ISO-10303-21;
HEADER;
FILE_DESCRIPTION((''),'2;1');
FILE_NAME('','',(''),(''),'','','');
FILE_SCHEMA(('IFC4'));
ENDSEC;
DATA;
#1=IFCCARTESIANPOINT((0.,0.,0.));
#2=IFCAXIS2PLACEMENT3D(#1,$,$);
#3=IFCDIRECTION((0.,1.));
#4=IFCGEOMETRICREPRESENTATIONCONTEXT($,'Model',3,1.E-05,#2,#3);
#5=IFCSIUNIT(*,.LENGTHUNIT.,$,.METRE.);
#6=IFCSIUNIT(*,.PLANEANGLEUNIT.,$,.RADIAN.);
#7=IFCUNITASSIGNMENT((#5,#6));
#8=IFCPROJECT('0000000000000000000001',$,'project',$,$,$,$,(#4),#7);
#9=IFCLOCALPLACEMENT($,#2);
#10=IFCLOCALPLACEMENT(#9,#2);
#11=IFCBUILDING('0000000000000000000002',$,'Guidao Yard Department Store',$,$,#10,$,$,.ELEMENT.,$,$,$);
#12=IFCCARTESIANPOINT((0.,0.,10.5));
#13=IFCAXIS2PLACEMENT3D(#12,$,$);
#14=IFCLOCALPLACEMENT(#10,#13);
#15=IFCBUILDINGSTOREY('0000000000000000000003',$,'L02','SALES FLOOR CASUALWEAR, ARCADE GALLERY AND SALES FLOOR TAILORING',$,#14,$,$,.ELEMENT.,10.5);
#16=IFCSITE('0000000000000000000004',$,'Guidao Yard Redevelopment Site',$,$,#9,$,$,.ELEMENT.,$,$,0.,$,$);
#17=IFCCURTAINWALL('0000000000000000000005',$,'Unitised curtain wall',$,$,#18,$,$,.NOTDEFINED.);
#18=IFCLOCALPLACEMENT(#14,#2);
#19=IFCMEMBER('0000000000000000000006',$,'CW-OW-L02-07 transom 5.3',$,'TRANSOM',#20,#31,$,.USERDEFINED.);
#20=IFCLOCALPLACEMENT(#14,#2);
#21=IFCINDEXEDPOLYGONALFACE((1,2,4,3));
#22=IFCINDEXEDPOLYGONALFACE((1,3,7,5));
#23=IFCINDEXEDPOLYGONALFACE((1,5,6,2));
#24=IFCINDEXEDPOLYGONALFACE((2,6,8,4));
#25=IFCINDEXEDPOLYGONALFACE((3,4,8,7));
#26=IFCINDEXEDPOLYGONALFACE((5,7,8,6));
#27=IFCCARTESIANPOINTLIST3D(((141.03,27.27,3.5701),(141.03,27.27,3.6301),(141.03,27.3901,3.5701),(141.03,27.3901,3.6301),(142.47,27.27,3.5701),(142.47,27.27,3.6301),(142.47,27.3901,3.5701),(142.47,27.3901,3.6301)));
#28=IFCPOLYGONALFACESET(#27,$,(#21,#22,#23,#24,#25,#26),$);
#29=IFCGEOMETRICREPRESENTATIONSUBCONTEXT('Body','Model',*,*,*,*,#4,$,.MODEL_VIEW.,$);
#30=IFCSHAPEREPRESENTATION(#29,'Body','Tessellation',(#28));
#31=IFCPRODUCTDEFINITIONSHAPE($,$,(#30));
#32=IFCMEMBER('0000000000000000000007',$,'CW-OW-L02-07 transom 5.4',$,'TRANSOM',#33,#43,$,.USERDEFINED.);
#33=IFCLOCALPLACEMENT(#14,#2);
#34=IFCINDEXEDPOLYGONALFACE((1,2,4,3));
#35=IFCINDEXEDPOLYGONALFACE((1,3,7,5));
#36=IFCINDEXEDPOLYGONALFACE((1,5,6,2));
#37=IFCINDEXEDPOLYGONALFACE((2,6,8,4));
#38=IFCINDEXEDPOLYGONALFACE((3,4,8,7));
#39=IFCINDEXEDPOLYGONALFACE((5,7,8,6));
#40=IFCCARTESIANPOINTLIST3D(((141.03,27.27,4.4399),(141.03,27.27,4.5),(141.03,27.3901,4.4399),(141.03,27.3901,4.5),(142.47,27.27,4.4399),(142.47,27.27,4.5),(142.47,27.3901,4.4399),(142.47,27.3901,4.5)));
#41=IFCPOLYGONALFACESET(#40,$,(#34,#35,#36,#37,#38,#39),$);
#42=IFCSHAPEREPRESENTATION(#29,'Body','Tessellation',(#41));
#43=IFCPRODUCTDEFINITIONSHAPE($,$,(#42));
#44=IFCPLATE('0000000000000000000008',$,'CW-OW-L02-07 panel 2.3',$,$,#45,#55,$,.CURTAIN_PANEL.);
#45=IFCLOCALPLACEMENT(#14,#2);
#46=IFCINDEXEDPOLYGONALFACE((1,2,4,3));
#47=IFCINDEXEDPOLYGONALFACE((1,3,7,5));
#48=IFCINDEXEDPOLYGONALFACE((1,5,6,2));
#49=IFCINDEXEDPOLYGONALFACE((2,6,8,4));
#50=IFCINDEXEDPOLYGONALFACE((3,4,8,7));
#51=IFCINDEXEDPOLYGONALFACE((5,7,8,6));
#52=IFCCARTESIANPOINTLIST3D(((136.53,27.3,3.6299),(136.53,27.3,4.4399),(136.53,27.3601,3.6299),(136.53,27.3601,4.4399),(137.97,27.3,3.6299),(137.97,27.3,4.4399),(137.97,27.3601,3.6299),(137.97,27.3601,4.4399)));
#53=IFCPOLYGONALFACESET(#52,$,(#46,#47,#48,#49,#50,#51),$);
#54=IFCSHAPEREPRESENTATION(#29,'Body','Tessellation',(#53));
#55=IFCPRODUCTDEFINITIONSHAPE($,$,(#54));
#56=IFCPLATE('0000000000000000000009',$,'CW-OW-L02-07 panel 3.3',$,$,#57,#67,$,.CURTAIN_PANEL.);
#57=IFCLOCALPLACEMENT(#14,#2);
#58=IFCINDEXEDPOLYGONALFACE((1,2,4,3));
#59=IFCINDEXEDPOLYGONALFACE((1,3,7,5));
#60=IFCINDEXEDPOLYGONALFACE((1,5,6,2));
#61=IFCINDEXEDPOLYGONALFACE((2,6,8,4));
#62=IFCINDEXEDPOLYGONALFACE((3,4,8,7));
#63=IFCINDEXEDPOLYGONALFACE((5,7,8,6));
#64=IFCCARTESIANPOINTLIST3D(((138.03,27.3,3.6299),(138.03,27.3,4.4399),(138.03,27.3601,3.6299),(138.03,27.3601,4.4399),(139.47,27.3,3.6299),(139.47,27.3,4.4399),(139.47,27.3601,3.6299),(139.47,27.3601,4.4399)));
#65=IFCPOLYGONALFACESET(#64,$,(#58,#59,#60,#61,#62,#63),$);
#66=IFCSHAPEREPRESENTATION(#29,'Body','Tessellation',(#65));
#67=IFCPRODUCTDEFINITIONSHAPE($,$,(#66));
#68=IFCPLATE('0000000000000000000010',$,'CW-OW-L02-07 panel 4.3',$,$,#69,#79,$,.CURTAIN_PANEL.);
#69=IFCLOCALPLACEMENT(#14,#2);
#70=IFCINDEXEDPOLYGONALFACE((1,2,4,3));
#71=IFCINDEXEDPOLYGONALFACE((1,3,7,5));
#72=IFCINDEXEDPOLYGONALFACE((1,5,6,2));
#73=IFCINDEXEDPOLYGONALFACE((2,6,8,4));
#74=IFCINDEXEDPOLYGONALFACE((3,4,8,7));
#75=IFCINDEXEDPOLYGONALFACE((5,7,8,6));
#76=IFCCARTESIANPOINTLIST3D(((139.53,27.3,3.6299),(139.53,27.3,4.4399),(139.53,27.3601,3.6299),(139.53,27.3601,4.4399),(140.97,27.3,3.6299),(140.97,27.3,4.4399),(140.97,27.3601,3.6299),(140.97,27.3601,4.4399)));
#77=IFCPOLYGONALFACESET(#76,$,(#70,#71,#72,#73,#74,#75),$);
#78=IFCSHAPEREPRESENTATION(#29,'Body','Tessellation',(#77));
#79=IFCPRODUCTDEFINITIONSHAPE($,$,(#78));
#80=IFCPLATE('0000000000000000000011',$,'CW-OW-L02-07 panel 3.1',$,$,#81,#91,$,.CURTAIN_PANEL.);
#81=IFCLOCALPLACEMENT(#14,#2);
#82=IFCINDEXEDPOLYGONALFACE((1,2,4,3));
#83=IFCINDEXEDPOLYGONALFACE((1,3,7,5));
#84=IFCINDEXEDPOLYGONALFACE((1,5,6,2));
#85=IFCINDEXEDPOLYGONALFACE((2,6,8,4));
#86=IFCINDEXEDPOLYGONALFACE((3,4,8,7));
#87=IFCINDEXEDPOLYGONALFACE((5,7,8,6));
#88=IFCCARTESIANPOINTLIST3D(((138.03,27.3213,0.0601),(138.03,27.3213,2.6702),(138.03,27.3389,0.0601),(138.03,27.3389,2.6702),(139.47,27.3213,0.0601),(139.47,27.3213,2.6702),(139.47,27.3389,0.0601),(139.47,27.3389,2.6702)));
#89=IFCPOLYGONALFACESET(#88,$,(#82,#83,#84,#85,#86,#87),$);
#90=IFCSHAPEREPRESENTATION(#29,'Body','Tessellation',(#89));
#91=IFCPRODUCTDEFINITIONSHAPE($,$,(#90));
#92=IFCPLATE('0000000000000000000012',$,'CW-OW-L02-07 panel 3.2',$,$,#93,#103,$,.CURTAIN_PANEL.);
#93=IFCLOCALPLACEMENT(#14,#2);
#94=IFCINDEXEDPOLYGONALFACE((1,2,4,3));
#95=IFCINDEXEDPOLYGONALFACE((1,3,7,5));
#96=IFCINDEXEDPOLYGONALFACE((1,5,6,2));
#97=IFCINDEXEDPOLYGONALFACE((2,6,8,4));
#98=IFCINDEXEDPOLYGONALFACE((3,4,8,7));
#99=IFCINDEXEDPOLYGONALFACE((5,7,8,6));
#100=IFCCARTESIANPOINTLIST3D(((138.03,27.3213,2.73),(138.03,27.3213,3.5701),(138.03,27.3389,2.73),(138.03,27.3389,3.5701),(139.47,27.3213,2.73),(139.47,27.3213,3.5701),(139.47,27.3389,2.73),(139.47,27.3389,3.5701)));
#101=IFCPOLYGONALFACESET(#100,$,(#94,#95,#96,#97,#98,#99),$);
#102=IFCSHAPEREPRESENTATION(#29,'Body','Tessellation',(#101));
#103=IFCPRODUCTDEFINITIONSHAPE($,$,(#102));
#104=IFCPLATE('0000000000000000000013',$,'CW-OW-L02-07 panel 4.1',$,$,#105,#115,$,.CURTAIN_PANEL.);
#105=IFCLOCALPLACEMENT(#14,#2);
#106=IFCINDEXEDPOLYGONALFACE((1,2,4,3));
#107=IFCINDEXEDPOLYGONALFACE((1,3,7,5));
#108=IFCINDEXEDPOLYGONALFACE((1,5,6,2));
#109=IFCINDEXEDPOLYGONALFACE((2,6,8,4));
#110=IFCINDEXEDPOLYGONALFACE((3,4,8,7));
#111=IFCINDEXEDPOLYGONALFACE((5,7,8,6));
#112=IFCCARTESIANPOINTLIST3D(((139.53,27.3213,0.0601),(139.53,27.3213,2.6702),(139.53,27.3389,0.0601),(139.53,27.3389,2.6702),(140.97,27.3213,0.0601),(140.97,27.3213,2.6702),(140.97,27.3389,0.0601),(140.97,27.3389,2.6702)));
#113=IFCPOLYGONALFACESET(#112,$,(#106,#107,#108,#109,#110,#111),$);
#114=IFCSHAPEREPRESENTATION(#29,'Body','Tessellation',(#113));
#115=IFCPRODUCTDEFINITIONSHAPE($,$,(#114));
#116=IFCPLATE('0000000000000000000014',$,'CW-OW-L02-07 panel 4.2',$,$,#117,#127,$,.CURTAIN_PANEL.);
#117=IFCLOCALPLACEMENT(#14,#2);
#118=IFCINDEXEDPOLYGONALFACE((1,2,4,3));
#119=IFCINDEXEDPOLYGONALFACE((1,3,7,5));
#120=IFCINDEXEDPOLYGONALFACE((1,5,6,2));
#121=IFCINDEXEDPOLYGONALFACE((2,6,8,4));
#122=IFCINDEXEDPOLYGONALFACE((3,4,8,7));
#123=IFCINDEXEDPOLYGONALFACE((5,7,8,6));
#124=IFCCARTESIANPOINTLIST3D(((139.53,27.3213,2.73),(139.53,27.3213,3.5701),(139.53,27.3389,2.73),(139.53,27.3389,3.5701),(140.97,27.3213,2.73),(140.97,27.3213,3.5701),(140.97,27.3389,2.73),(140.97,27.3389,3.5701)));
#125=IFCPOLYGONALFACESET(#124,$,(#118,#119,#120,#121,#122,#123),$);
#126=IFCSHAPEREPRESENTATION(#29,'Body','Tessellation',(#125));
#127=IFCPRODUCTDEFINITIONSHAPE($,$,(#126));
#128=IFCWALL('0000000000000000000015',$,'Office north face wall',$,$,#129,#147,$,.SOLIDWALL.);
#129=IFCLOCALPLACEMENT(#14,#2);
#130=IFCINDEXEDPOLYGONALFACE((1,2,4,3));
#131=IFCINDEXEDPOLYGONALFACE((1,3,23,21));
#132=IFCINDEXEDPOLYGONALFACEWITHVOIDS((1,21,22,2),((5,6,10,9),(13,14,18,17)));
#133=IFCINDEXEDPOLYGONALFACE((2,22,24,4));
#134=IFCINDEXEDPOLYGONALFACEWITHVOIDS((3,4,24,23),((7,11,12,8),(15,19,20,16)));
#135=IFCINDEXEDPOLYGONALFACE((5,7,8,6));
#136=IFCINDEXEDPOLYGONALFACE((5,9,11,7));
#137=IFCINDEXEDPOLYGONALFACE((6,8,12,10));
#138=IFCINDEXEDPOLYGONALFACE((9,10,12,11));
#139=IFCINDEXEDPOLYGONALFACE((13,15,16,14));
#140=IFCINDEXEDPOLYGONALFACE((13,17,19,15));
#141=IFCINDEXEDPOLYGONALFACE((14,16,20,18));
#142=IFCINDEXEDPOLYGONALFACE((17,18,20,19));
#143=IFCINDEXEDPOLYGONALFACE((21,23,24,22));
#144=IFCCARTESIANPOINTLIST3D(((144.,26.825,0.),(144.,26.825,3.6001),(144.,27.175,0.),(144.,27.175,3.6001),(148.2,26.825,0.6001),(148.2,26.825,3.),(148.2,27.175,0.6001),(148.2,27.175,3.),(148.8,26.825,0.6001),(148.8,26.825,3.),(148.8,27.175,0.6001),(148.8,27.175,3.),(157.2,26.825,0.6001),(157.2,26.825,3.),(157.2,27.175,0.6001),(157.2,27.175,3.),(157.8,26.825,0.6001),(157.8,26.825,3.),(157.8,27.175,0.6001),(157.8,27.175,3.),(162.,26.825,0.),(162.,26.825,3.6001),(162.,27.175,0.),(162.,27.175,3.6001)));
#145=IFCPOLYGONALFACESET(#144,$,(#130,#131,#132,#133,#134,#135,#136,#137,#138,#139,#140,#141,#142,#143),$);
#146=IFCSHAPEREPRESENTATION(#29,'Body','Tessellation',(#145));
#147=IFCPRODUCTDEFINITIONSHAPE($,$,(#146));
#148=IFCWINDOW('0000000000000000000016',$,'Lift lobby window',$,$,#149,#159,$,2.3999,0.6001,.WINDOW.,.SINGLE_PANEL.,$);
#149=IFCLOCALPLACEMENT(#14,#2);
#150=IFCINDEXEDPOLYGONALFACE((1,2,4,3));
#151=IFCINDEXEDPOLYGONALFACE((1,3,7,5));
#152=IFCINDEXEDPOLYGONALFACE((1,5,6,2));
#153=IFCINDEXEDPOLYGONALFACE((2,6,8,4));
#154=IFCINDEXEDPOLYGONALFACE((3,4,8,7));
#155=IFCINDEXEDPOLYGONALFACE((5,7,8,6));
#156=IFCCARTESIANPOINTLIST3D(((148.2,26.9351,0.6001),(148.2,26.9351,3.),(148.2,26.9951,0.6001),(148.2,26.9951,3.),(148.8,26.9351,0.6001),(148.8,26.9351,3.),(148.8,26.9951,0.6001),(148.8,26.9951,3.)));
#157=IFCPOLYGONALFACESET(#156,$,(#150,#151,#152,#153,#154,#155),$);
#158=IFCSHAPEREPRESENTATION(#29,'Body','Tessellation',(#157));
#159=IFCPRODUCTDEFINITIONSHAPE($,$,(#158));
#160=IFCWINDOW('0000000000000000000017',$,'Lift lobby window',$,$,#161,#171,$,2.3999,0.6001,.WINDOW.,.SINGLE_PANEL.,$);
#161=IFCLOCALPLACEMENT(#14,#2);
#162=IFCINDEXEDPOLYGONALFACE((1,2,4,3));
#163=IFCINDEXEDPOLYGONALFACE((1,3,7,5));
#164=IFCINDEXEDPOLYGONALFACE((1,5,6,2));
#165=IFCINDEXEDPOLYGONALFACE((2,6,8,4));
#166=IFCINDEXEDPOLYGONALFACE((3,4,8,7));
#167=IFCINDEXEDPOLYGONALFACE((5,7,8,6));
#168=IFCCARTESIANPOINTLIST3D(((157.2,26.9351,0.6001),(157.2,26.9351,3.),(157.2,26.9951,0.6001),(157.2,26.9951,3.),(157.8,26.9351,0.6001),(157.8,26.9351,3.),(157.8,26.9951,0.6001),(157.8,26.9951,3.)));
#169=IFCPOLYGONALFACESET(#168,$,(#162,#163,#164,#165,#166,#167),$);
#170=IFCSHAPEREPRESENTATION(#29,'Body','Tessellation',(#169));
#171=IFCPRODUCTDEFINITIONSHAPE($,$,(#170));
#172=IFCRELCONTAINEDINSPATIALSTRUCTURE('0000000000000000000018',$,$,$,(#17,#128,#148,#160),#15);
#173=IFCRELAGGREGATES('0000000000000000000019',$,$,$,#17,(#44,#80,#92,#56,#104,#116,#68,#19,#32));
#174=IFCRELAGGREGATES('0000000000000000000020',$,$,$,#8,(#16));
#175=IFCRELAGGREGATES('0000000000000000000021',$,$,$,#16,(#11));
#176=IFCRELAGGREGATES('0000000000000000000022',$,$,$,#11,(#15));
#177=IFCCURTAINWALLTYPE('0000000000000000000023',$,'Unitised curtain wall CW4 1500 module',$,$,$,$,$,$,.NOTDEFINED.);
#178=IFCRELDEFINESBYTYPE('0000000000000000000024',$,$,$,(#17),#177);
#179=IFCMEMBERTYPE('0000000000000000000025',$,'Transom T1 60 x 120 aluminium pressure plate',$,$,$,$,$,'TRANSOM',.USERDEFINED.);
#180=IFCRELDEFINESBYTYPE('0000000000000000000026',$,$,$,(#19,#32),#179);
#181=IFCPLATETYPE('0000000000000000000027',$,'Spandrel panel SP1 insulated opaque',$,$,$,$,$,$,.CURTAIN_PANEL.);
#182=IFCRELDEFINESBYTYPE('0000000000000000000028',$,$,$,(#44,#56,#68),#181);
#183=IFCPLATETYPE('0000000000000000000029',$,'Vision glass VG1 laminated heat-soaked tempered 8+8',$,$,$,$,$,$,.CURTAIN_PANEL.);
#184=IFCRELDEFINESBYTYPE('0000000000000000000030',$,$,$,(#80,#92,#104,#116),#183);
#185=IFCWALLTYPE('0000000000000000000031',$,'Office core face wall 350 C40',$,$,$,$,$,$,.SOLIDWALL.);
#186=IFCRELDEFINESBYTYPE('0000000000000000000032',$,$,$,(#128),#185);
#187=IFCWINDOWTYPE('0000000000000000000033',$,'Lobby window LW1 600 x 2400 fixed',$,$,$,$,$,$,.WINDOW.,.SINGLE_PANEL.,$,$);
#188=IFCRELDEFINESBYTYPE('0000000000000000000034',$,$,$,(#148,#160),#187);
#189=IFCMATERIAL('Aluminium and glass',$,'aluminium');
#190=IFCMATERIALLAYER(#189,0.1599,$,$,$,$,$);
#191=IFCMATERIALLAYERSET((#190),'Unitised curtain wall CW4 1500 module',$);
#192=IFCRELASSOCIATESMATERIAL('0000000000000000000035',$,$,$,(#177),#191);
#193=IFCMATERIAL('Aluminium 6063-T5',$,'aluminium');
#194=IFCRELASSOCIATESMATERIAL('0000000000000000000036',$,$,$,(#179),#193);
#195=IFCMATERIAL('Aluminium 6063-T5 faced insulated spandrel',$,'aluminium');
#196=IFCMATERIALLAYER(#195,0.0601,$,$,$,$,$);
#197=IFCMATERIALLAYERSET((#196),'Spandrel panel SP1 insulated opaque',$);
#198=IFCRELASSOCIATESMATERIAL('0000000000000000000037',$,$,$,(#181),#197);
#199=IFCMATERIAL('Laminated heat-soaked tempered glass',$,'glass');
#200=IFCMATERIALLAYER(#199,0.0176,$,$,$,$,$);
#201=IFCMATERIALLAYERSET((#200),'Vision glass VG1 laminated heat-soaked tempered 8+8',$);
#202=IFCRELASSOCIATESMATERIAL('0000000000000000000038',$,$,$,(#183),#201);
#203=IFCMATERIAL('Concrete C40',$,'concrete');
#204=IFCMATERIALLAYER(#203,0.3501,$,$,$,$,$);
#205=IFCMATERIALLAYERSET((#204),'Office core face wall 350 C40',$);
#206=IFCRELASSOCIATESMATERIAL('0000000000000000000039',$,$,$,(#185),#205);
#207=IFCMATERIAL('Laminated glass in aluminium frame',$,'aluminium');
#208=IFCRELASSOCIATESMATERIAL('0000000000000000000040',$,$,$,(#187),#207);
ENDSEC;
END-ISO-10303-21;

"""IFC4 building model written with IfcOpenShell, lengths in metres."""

from ifc_helpers import new_model, si_unit, direction, frame, frame_2d, origin, origin_2d, place, context, subcontext, project, spatial, rectangle, extrude, material, layer, layer_set, material_profile, profile_set, type_object, element, fill, aggregate, save


model = new_model("IFC4")

# Units and contexts
model_context = context("Model", 3, precision=1e-05, world=origin(), true_north=direction((0.0, 1.0)))
body_context = subcontext(model_context, "Body", "Model", "MODEL_VIEW")
ifc_project = project(units=[si_unit("LENGTHUNIT", "METRE"), si_unit("PLANEANGLEUNIT", "RADIAN")], contexts=[model_context])

# Site, building, storey
site_placement = place(None, origin())
site = spatial("IfcSite", under=ifc_project, at=site_placement, Name="Guidao Yard Redevelopment Site", CompositionType="ELEMENT", RefElevation=0.0)
building_placement = place(site_placement, origin())
building = spatial("IfcBuilding", under=site, at=building_placement, Name="Guidao Yard Department Store", CompositionType="ELEMENT")
storey_placement = place(building_placement, frame((0.0, 0.0, 10.5)))
storey = spatial("IfcBuildingStorey", under=building, at=storey_placement, Name="L02", Description="SALES FLOOR CASUALWEAR, ARCADE GALLERY AND SALES FLOOR TAILORING", CompositionType="ELEMENT", Elevation=10.5)

# Curtain wall
ifc_material_1 = material(Name="Aluminium and glass", Category="aluminium")
ifc_layer_1 = layer(ifc_material_1, 0.1599)
ifc_layer_set_1 = layer_set([ifc_layer_1], Name="Unitised curtain wall CW4 1500 module")
curtain_wall_type = type_object("IfcCurtainWallType", Name="Unitised curtain wall CW4 1500 module", PredefinedType="NOTDEFINED", material=ifc_layer_set_1)
curtain_wall_placement = place(storey_placement, origin())
curtain_wall = element("IfcCurtainWall", 1, at=curtain_wall_placement, inside=storey, type_object=curtain_wall_type, Name="Unitised curtain wall", PredefinedType="NOTDEFINED")

# Members
ifc_material_2 = material(Name="Aluminium 6063-T5", Category="aluminium")
ifc_material_profile_1 = material_profile(ifc_material_2, rectangle(XDim=0.1201, YDim=0.0601, at=origin_2d()), Name="Transom T1 60 x 120 aluminium pressure plate")
ifc_profile_set_1 = profile_set([ifc_material_profile_1], Name="Aluminium 6063-T5")
member_type_1 = type_object("IfcMemberType", Name="Transom T1 60 x 120 aluminium pressure plate", ElementType="TRANSOM", PredefinedType="USERDEFINED", material=ifc_profile_set_1)
member_1_placement = place(storey_placement, frame((141.03, 27.3301, 3.6001), z_axis=(1.0, 0.0, 0.0), x_axis=(0.0, 1.0, 0.0)))
member_1 = element("IfcMember", 2, at=member_1_placement, type_object=member_type_1, Name="CW-OW-L02-07 transom 5.3", ObjectType="TRANSOM", PredefinedType="USERDEFINED", context=body_context, shape_type="SweptSolid", body=[
    extrude(rectangle(XDim=0.1201, YDim=0.0601, at=origin_2d()), origin(), (0.0, 0.0, 1.0), 1.4399),
])
member_2_placement = place(storey_placement, frame((141.03, 27.3301, 4.47), z_axis=(1.0, 0.0, 0.0), x_axis=(0.0, 1.0, 0.0)))
member_2 = element("IfcMember", 3, at=member_2_placement, type_object=member_type_1, Name="CW-OW-L02-07 transom 5.4", ObjectType="TRANSOM", PredefinedType="USERDEFINED", context=body_context, shape_type="SweptSolid", body=[
    extrude(rectangle(XDim=0.1201, YDim=0.0601, at=origin_2d()), origin(), (0.0, 0.0, 1.0), 1.4399),
])

# Plates
ifc_material_3 = material(Name="Aluminium 6063-T5 faced insulated spandrel", Category="aluminium")
ifc_layer_2 = layer(ifc_material_3, 0.0601)
ifc_layer_set_2 = layer_set([ifc_layer_2], Name="Spandrel panel SP1 insulated opaque")
plate_type_1 = type_object("IfcPlateType", Name="Spandrel panel SP1 insulated opaque", PredefinedType="CURTAIN_PANEL", material=ifc_layer_set_2)
plate_1_placement = place(storey_placement, frame((137.25, 27.3301, 3.6299), z_axis=(0.0, 0.0, 1.0), x_axis=(1.0, 0.0, 0.0)))
plate_1 = element("IfcPlate", 4, at=plate_1_placement, type_object=plate_type_1, Name="CW-OW-L02-07 panel 2.3", PredefinedType="CURTAIN_PANEL", context=body_context, shape_type="SweptSolid", body=[
    extrude(rectangle(XDim=1.4399, YDim=0.0601, at=origin_2d()), origin(), (0.0, 0.0, 1.0), 0.8101),
])
plate_2_placement = place(storey_placement, frame((138.75, 27.3301, 3.6299), z_axis=(0.0, 0.0, 1.0), x_axis=(1.0, 0.0, 0.0)))
plate_2 = element("IfcPlate", 5, at=plate_2_placement, type_object=plate_type_1, Name="CW-OW-L02-07 panel 3.3", PredefinedType="CURTAIN_PANEL", context=body_context, shape_type="SweptSolid", body=[
    extrude(rectangle(XDim=1.4399, YDim=0.0601, at=origin_2d()), origin(), (0.0, 0.0, 1.0), 0.8101),
])
plate_3_placement = place(storey_placement, frame((140.25, 27.3301, 3.6299), z_axis=(0.0, 0.0, 1.0), x_axis=(1.0, 0.0, 0.0)))
plate_3 = element("IfcPlate", 6, at=plate_3_placement, type_object=plate_type_1, Name="CW-OW-L02-07 panel 4.3", PredefinedType="CURTAIN_PANEL", context=body_context, shape_type="SweptSolid", body=[
    extrude(rectangle(XDim=1.4399, YDim=0.0601, at=origin_2d()), origin(), (0.0, 0.0, 1.0), 0.8101),
])
ifc_material_4 = material(Name="Laminated heat-soaked tempered glass", Category="glass")
ifc_layer_3 = layer(ifc_material_4, 0.0176)
ifc_layer_set_3 = layer_set([ifc_layer_3], Name="Vision glass VG1 laminated heat-soaked tempered 8+8")
plate_type_2 = type_object("IfcPlateType", Name="Vision glass VG1 laminated heat-soaked tempered 8+8", PredefinedType="CURTAIN_PANEL", material=ifc_layer_set_3)
plate_4_placement = place(storey_placement, frame((138.75, 27.3301, 0.0601), z_axis=(0.0, 0.0, 1.0), x_axis=(1.0, 0.0, 0.0)))
plate_4 = element("IfcPlate", 7, at=plate_4_placement, type_object=plate_type_2, Name="CW-OW-L02-07 panel 3.1", PredefinedType="CURTAIN_PANEL", context=body_context, shape_type="SweptSolid", body=[
    extrude(rectangle(XDim=1.4399, YDim=0.0176, at=origin_2d()), origin(), (0.0, 0.0, 1.0), 2.6101),
])
plate_5_placement = place(storey_placement, frame((138.75, 27.3301, 2.73), z_axis=(0.0, 0.0, 1.0), x_axis=(1.0, 0.0, 0.0)))
plate_5 = element("IfcPlate", 8, at=plate_5_placement, type_object=plate_type_2, Name="CW-OW-L02-07 panel 3.2", PredefinedType="CURTAIN_PANEL", context=body_context, shape_type="SweptSolid", body=[
    extrude(rectangle(XDim=1.4399, YDim=0.0176, at=origin_2d()), origin(), (0.0, 0.0, 1.0), 0.8401),
])
plate_6_placement = place(storey_placement, frame((140.25, 27.3301, 0.0601), z_axis=(0.0, 0.0, 1.0), x_axis=(1.0, 0.0, 0.0)))
plate_6 = element("IfcPlate", 9, at=plate_6_placement, type_object=plate_type_2, Name="CW-OW-L02-07 panel 4.1", PredefinedType="CURTAIN_PANEL", context=body_context, shape_type="SweptSolid", body=[
    extrude(rectangle(XDim=1.4399, YDim=0.0176, at=origin_2d()), origin(), (0.0, 0.0, 1.0), 2.6101),
])
plate_7_placement = place(storey_placement, frame((140.25, 27.3301, 2.73), z_axis=(0.0, 0.0, 1.0), x_axis=(1.0, 0.0, 0.0)))
plate_7 = element("IfcPlate", 10, at=plate_7_placement, type_object=plate_type_2, Name="CW-OW-L02-07 panel 4.2", PredefinedType="CURTAIN_PANEL", context=body_context, shape_type="SweptSolid", body=[
    extrude(rectangle(XDim=1.4399, YDim=0.0176, at=origin_2d()), origin(), (0.0, 0.0, 1.0), 0.8401),
])
aggregate(curtain_wall, [plate_1, plate_4, plate_5, plate_2, plate_6, plate_7, plate_3, member_1, member_2])

# Wall, openings, windows
ifc_material_5 = material(Name="Concrete C40", Category="concrete")
ifc_layer_4 = layer(ifc_material_5, 0.3501)
ifc_layer_set_4 = layer_set([ifc_layer_4], Name="Office core face wall 350 C40")
wall_type_1 = type_object("IfcWallType", Name="Office core face wall 350 C40", PredefinedType="SOLIDWALL", material=ifc_layer_set_4)
wall_1_placement = place(storey_placement, frame((144.0, 27.0, 0.0), z_axis=(0.0, 0.0, 1.0), x_axis=(1.0, 0.0, 0.0)))
wall_1 = element("IfcWall", 11, at=wall_1_placement, inside=storey, type_object=wall_type_1, Name="Office north face wall", PredefinedType="SOLIDWALL", context=body_context, shape_type="SweptSolid", body=[
    extrude(rectangle(XDim=18.0, YDim=0.3501, at=frame_2d((9.0, 0.0))), origin(), (0.0, 0.0, 1.0), 3.6001),
])
opening_1_placement = place(wall_1_placement, frame((4.2, 0.0, 0.6001)))
opening_1 = element("IfcOpeningElement", 12, at=opening_1_placement, cuts=wall_1, PredefinedType="OPENING", context=body_context, shape_type="SweptSolid", body=[
    extrude(rectangle(XDim=0.6001, YDim=2.3999, at=frame_2d((0.3, 1.2))), frame((0.0, 0.1851, 0.0), z_axis=(0.0, -1.0, 0.0), x_axis=(1.0, 0.0, 0.0)), (0.0, 0.0, 1.0), 0.3701),
])
opening_2_placement = place(wall_1_placement, frame((13.2, 0.0, 0.6001)))
opening_2 = element("IfcOpeningElement", 13, at=opening_2_placement, cuts=wall_1, PredefinedType="OPENING", context=body_context, shape_type="SweptSolid", body=[
    extrude(rectangle(XDim=0.6001, YDim=2.3999, at=frame_2d((0.3, 1.2))), frame((0.0, 0.1851, 0.0), z_axis=(0.0, -1.0, 0.0), x_axis=(1.0, 0.0, 0.0)), (0.0, 0.0, 1.0), 0.3701),
])
ifc_material_6 = material(Name="Laminated glass in aluminium frame", Category="aluminium")
window_type = type_object("IfcWindowType", Name="Lobby window LW1 600 x 2400 fixed", PartitioningType="SINGLE_PANEL", PredefinedType="WINDOW", material=ifc_material_6)
window_1_placement = place(opening_1_placement, origin())
window_1 = element("IfcWindow", 14, at=window_1_placement, inside=storey, type_object=window_type, Name="Lift lobby window", OverallHeight=2.3999, OverallWidth=0.6001, PartitioningType="SINGLE_PANEL", PredefinedType="WINDOW", context=body_context, shape_type="SweptSolid", body=[
    extrude(rectangle(XDim=0.6001, YDim=2.3999, at=frame_2d((0.3, 1.2))), frame((0.0, -0.0049, 0.0), z_axis=(0.0, -1.0, 0.0), x_axis=(1.0, 0.0, 0.0)), (0.0, 0.0, 1.0), 0.0601),
])
fill(opening_1, window_1)
window_2_placement = place(opening_2_placement, origin())
window_2 = element("IfcWindow", 15, at=window_2_placement, inside=storey, type_object=window_type, Name="Lift lobby window", OverallHeight=2.3999, OverallWidth=0.6001, PartitioningType="SINGLE_PANEL", PredefinedType="WINDOW", context=body_context, shape_type="SweptSolid", body=[
    extrude(rectangle(XDim=0.6001, YDim=2.3999, at=frame_2d((0.3, 1.2))), frame((0.0, -0.0049, 0.0), z_axis=(0.0, -1.0, 0.0), x_axis=(1.0, 0.0, 0.0)), (0.0, 0.0, 1.0), 0.0601),
])
fill(opening_2, window_2)

save(model, "model.ifc")
